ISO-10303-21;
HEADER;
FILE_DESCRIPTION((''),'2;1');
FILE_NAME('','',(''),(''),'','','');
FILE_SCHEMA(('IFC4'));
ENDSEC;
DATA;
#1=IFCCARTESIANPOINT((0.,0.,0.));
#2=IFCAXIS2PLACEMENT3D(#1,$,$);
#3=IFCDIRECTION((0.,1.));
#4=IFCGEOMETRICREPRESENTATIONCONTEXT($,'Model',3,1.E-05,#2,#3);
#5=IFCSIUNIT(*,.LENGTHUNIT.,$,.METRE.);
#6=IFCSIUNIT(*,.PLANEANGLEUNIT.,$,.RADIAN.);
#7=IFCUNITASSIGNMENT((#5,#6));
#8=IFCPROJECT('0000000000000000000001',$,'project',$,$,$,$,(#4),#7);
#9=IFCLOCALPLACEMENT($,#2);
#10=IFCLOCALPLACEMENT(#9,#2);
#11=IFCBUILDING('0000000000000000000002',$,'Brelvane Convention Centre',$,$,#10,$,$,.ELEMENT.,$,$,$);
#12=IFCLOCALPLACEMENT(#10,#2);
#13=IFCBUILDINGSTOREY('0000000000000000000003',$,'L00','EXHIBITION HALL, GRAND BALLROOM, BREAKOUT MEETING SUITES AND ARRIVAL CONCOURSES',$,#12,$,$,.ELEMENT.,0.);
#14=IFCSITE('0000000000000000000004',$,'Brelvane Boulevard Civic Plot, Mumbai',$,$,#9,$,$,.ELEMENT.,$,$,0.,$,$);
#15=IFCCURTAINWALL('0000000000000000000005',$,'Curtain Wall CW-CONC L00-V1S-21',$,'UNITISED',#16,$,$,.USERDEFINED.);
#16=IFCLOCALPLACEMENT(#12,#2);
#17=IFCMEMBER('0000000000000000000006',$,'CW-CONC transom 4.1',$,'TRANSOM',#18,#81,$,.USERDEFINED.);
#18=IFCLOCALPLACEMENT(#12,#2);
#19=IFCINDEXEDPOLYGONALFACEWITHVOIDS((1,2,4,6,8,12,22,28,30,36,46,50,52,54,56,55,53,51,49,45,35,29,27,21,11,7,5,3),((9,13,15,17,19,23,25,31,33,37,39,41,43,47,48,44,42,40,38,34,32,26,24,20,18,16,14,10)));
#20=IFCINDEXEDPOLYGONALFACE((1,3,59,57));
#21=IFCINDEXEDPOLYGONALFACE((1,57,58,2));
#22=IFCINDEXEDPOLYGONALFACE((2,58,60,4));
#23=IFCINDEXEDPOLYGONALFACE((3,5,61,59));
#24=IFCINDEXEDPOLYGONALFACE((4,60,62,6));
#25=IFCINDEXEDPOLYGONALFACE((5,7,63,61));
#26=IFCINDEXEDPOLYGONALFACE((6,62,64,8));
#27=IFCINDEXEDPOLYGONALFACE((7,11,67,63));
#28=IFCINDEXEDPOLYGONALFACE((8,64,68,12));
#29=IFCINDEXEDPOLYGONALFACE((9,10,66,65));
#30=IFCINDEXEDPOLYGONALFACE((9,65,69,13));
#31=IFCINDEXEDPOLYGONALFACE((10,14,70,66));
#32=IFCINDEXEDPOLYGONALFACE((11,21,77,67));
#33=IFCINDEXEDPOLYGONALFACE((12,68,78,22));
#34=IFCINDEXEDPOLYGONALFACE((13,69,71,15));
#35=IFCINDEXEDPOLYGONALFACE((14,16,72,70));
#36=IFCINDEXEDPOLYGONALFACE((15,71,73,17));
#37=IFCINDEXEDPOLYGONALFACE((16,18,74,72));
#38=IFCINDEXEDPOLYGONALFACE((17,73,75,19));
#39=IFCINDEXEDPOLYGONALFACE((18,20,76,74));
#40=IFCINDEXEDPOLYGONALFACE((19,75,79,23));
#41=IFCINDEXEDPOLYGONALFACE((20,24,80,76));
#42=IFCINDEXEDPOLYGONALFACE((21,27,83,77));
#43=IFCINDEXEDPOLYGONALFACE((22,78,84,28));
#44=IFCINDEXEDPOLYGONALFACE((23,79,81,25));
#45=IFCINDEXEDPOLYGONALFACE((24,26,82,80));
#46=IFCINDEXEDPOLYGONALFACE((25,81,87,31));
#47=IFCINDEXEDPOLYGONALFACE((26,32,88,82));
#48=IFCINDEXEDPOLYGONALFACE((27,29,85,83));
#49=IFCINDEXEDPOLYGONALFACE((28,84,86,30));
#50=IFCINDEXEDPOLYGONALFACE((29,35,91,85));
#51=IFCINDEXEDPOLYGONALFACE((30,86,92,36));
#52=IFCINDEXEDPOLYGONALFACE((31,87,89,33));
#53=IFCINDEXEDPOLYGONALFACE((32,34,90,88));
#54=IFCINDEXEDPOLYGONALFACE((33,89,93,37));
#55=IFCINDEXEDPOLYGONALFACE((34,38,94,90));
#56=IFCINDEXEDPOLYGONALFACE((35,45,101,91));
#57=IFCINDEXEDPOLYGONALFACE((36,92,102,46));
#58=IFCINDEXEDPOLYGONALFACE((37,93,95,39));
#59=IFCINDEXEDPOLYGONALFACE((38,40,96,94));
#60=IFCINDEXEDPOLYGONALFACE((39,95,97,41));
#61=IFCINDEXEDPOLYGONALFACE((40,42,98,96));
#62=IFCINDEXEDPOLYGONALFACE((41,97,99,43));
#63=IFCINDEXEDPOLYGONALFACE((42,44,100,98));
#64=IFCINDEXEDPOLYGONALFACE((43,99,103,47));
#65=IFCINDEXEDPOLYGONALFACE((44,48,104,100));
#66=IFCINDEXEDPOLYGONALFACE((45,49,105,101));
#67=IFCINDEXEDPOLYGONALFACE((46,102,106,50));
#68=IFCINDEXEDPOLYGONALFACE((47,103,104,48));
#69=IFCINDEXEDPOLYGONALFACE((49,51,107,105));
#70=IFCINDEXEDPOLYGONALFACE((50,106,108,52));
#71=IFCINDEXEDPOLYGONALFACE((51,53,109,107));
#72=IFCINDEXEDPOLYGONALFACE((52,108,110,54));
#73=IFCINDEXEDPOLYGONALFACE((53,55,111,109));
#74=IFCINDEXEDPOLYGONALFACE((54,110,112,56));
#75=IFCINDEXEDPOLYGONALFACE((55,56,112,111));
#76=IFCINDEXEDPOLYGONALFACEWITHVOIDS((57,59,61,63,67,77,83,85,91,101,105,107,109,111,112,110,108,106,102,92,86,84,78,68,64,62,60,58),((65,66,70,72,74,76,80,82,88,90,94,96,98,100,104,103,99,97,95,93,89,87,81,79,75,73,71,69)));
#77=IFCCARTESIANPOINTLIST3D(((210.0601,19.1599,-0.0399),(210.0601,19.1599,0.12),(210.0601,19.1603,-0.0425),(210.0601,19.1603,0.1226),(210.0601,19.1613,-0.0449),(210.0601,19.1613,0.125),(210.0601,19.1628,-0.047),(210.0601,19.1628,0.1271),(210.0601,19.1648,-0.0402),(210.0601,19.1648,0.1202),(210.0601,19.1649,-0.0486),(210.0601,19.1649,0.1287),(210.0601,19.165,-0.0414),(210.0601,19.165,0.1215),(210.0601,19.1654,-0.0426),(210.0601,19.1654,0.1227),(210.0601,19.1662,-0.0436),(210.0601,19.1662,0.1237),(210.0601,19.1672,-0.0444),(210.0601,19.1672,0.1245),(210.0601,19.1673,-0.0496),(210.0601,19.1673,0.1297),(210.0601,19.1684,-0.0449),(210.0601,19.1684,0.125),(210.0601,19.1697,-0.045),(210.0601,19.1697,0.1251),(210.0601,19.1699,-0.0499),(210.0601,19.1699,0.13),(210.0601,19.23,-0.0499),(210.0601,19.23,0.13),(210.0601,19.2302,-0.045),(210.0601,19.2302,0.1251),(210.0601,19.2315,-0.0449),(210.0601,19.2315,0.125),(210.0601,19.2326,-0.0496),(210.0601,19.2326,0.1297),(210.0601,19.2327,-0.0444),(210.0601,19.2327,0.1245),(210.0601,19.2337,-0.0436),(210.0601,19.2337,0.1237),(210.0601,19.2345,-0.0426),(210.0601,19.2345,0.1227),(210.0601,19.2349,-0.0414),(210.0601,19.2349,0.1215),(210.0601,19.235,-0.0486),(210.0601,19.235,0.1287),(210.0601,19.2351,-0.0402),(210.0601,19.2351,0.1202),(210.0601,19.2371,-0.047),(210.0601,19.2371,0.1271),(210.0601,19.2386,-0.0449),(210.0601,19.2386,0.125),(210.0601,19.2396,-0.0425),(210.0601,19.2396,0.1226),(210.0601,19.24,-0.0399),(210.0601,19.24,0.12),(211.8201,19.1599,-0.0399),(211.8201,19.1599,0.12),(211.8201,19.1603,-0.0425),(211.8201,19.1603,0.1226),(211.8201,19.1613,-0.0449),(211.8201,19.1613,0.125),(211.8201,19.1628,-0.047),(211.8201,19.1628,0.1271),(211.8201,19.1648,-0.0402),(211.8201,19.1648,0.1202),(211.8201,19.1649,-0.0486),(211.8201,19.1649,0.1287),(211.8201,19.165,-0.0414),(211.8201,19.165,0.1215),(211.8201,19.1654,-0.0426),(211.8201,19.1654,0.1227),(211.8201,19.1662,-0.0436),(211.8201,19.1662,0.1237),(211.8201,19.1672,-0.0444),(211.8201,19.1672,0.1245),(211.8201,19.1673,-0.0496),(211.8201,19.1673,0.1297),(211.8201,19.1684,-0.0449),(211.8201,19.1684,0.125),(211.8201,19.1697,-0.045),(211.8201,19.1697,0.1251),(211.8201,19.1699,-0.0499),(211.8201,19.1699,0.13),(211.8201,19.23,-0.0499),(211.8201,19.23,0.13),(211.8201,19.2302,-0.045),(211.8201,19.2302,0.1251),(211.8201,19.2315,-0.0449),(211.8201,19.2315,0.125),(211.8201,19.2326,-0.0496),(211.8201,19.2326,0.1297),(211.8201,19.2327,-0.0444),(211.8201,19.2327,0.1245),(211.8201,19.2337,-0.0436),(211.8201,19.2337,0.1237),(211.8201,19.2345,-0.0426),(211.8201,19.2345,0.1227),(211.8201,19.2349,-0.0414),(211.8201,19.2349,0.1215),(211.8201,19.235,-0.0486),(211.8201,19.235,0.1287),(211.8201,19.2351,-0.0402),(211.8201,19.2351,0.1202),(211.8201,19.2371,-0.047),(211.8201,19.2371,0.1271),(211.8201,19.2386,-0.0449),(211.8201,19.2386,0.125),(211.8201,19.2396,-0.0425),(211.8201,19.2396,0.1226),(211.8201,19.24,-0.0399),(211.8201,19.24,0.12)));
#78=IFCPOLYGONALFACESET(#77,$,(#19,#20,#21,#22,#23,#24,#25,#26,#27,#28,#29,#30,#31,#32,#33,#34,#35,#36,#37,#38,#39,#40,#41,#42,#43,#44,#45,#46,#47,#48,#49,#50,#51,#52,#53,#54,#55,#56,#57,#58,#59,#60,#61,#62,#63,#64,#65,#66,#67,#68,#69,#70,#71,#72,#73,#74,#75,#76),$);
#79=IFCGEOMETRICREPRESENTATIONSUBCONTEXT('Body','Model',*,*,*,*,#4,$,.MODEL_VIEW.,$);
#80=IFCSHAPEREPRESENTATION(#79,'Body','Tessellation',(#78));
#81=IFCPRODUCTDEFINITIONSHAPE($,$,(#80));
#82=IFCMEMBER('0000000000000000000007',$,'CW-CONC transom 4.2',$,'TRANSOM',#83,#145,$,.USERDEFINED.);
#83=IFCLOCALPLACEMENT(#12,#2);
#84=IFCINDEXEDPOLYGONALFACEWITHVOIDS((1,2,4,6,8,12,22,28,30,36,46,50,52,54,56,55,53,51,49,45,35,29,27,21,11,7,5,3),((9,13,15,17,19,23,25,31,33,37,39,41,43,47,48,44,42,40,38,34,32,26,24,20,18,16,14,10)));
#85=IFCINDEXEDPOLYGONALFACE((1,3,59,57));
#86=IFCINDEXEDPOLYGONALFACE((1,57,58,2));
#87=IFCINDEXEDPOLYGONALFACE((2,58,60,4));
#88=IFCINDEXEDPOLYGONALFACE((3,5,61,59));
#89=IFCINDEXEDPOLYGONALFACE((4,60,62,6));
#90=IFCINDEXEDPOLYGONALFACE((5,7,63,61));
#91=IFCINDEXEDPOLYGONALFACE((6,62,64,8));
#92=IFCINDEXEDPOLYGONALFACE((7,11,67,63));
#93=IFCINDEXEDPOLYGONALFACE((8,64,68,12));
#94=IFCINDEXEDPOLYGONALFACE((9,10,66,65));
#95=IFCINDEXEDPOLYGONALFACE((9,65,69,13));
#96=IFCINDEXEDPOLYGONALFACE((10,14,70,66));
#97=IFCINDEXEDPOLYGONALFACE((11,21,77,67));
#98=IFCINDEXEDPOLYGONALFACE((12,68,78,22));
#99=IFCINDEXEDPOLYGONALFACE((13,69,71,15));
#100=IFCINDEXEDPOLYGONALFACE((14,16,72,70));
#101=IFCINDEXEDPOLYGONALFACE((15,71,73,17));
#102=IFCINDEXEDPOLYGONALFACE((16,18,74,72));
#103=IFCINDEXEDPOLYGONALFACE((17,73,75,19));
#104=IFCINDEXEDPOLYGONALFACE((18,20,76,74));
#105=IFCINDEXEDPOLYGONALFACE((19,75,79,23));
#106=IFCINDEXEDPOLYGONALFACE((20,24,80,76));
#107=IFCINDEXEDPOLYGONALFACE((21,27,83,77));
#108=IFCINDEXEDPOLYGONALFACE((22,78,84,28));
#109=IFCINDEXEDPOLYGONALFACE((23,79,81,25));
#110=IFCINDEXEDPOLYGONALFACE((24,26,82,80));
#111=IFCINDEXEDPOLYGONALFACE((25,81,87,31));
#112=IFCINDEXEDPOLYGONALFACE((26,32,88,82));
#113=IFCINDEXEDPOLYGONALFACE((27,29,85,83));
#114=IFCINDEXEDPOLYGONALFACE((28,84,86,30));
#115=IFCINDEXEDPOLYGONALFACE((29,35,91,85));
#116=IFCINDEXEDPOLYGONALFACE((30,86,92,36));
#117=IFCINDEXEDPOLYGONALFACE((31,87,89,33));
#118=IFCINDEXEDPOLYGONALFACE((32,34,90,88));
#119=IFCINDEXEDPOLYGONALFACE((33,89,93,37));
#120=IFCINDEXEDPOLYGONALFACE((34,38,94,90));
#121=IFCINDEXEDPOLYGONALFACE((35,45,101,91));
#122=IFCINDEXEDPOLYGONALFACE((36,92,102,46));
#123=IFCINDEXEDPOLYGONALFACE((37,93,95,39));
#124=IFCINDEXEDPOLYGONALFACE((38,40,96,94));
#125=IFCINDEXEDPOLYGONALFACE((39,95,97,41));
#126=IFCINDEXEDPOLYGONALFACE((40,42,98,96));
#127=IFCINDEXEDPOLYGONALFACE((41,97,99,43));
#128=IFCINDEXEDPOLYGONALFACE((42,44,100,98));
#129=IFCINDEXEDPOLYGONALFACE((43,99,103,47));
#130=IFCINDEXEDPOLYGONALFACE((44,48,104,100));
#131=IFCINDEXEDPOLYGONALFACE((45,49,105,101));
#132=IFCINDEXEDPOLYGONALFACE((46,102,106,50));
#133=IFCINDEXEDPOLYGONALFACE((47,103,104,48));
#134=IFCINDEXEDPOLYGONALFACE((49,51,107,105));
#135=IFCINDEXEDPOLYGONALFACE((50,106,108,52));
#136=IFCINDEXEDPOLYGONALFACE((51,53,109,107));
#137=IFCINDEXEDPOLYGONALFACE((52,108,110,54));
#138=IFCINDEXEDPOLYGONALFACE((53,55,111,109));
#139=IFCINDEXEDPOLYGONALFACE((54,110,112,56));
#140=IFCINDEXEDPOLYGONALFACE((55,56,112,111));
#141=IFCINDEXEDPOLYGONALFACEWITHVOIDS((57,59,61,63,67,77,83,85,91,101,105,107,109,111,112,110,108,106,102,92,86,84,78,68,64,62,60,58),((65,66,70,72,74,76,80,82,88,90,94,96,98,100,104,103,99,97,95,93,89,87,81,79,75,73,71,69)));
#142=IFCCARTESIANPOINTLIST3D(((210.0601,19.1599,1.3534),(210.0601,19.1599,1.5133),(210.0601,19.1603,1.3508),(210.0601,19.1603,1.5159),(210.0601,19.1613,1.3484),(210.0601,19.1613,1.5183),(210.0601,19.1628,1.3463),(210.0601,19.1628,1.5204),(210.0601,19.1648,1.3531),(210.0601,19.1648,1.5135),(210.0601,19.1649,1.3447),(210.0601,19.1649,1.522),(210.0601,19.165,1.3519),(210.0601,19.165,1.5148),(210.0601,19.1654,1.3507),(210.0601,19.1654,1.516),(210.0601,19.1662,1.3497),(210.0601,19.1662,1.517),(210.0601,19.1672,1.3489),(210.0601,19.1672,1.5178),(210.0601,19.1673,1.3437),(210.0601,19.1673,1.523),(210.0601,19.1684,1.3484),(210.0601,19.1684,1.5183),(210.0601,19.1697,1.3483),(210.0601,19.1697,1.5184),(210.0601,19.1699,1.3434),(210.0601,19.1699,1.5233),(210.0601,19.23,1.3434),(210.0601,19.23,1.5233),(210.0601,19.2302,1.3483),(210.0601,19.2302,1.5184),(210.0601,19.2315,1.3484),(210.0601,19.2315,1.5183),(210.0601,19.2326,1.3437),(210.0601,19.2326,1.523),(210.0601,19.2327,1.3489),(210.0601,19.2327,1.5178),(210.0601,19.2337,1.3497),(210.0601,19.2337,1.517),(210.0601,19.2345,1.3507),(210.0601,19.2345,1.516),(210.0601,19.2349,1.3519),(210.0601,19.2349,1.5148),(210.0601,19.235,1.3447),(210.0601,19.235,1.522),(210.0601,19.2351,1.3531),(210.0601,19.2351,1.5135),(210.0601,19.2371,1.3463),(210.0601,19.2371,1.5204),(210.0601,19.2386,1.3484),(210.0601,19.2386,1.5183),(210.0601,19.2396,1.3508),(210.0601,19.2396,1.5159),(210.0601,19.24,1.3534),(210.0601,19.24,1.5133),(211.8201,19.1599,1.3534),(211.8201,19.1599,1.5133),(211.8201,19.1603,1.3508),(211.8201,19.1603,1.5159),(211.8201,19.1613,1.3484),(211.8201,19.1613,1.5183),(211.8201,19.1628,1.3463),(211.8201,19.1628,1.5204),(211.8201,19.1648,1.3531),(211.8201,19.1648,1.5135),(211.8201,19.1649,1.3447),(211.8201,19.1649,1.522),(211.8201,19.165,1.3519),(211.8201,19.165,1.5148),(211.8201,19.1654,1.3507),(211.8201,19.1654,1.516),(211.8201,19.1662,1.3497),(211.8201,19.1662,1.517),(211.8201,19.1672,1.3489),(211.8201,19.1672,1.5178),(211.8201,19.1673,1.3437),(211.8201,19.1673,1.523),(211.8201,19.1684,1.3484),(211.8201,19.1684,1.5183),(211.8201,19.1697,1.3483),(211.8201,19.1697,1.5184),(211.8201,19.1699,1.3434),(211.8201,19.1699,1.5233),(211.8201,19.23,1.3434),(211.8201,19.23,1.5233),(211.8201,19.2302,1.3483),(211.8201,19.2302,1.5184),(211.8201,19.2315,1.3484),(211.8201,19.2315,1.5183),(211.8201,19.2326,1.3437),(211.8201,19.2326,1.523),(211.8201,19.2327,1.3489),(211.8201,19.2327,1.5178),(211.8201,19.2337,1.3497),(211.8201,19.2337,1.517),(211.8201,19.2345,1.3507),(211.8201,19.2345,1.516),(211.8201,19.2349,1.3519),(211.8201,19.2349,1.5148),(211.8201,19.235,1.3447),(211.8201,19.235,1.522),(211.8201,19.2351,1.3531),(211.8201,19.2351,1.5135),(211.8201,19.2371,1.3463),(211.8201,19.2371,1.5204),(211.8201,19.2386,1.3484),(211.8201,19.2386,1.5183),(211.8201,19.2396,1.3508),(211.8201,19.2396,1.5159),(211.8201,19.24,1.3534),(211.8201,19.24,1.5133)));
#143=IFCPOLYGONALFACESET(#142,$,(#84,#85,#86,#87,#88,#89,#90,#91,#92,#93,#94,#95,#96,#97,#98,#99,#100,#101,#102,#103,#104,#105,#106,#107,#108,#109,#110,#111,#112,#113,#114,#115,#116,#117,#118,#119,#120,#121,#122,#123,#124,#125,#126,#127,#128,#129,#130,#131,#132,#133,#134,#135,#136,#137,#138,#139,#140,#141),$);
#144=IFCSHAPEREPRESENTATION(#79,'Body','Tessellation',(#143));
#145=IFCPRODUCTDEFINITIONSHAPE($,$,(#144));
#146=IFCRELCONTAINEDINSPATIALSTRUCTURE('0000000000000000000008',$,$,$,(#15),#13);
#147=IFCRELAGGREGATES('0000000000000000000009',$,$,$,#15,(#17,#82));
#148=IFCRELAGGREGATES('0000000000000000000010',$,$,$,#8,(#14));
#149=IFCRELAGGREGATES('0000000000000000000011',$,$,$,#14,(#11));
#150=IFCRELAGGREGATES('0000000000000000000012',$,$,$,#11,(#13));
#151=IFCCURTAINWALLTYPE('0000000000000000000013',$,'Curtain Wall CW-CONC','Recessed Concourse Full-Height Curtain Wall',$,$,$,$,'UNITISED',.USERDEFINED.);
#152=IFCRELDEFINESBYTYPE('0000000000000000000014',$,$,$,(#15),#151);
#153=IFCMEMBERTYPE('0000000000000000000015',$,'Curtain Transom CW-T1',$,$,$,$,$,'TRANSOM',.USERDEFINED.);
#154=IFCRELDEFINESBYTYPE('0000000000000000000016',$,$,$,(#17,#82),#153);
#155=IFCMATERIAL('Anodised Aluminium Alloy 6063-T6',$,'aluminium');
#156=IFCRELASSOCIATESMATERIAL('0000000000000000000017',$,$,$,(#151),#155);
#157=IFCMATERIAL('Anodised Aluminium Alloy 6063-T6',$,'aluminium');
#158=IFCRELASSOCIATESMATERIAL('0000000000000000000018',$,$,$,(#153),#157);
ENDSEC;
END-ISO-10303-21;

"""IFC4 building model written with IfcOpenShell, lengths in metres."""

from ifc_helpers import new_model, si_unit, direction, frame, origin, origin_2d, place, context, subcontext, project, spatial, hollow_rectangle, extrude, material, material_profile, profile_set, type_object, element, aggregate, save


model = new_model("IFC4")

# Units and contexts
model_context = context("Model", 3, precision=1e-05, world=origin(), true_north=direction((0.0, 1.0)))
body_context = subcontext(model_context, "Body", "Model", "MODEL_VIEW")
ifc_project = project(units=[si_unit("LENGTHUNIT", "METRE"), si_unit("PLANEANGLEUNIT", "RADIAN")], contexts=[model_context])

# Site, building, storey
site_placement = place(None, origin())
site = spatial("IfcSite", under=ifc_project, at=site_placement, Name="Brelvane Boulevard Civic Plot, Mumbai", CompositionType="ELEMENT", RefElevation=0.0)
building_placement = place(site_placement, origin())
building = spatial("IfcBuilding", under=site, at=building_placement, Name="Brelvane Convention Centre", CompositionType="ELEMENT")
storey_placement = place(building_placement, origin())
storey = spatial("IfcBuildingStorey", under=building, at=storey_placement, Name="L00", Description="EXHIBITION HALL, GRAND BALLROOM, BREAKOUT MEETING SUITES AND ARRIVAL CONCOURSES", CompositionType="ELEMENT", Elevation=0.0)

# Curtain wall, members
ifc_material_1 = material(Name="Anodised Aluminium Alloy 6063-T6", Category="aluminium")
curtain_wall_type = type_object("IfcCurtainWallType", Name="Curtain Wall CW-CONC", Description="Recessed Concourse Full-Height Curtain Wall", ElementType="UNITISED", PredefinedType="USERDEFINED", material=ifc_material_1)
curtain_wall_placement = place(storey_placement, origin())
curtain_wall = element("IfcCurtainWall", 1, at=curtain_wall_placement, inside=storey, type_object=curtain_wall_type, Name="Curtain Wall CW-CONC L00-V1S-21", ObjectType="UNITISED", PredefinedType="USERDEFINED")
ifc_material_2 = material(Name="Anodised Aluminium Alloy 6063-T6", Category="aluminium")
ifc_material_profile_1 = material_profile(ifc_material_2, hollow_rectangle(XDim=0.0801, YDim=0.1799, WallThickness=0.0049, InnerFilletRadius=0.0049, OuterFilletRadius=0.01, at=origin_2d()), Name="ALU-T 180x80x5.0")
ifc_profile_set_1 = profile_set([ifc_material_profile_1], Name="Anodised Aluminium Alloy 6063-T6")
member_type_1 = type_object("IfcMemberType", Name="Curtain Transom CW-T1", ElementType="TRANSOM", PredefinedType="USERDEFINED", material=ifc_profile_set_1)
member_1_placement = place(storey_placement, frame((210.0601, 19.2, 0.04), z_axis=(1.0, 0.0, 0.0), x_axis=(0.0, 1.0, 0.0)))
member_1 = element("IfcMember", 2, at=member_1_placement, type_object=member_type_1, Name="CW-CONC transom 4.1", ObjectType="TRANSOM", PredefinedType="USERDEFINED", context=body_context, shape_type="SweptSolid", body=[
    extrude(hollow_rectangle(XDim=0.0801, YDim=0.1799, WallThickness=0.0049, InnerFilletRadius=0.0049, OuterFilletRadius=0.01, at=origin_2d()), origin(), (0.0, 0.0, 1.0), 1.76),
])
member_2_placement = place(storey_placement, frame((210.0601, 19.2, 1.4333), z_axis=(1.0, 0.0, 0.0), x_axis=(0.0, 1.0, 0.0)))
member_2 = element("IfcMember", 3, at=member_2_placement, type_object=member_type_1, Name="CW-CONC transom 4.2", ObjectType="TRANSOM", PredefinedType="USERDEFINED", context=body_context, shape_type="SweptSolid", body=[
    extrude(hollow_rectangle(XDim=0.0801, YDim=0.1799, WallThickness=0.0049, InnerFilletRadius=0.0049, OuterFilletRadius=0.01, at=origin_2d()), origin(), (0.0, 0.0, 1.0), 1.76),
])
aggregate(curtain_wall, [member_1, member_2])

save(model, "model.ifc")
